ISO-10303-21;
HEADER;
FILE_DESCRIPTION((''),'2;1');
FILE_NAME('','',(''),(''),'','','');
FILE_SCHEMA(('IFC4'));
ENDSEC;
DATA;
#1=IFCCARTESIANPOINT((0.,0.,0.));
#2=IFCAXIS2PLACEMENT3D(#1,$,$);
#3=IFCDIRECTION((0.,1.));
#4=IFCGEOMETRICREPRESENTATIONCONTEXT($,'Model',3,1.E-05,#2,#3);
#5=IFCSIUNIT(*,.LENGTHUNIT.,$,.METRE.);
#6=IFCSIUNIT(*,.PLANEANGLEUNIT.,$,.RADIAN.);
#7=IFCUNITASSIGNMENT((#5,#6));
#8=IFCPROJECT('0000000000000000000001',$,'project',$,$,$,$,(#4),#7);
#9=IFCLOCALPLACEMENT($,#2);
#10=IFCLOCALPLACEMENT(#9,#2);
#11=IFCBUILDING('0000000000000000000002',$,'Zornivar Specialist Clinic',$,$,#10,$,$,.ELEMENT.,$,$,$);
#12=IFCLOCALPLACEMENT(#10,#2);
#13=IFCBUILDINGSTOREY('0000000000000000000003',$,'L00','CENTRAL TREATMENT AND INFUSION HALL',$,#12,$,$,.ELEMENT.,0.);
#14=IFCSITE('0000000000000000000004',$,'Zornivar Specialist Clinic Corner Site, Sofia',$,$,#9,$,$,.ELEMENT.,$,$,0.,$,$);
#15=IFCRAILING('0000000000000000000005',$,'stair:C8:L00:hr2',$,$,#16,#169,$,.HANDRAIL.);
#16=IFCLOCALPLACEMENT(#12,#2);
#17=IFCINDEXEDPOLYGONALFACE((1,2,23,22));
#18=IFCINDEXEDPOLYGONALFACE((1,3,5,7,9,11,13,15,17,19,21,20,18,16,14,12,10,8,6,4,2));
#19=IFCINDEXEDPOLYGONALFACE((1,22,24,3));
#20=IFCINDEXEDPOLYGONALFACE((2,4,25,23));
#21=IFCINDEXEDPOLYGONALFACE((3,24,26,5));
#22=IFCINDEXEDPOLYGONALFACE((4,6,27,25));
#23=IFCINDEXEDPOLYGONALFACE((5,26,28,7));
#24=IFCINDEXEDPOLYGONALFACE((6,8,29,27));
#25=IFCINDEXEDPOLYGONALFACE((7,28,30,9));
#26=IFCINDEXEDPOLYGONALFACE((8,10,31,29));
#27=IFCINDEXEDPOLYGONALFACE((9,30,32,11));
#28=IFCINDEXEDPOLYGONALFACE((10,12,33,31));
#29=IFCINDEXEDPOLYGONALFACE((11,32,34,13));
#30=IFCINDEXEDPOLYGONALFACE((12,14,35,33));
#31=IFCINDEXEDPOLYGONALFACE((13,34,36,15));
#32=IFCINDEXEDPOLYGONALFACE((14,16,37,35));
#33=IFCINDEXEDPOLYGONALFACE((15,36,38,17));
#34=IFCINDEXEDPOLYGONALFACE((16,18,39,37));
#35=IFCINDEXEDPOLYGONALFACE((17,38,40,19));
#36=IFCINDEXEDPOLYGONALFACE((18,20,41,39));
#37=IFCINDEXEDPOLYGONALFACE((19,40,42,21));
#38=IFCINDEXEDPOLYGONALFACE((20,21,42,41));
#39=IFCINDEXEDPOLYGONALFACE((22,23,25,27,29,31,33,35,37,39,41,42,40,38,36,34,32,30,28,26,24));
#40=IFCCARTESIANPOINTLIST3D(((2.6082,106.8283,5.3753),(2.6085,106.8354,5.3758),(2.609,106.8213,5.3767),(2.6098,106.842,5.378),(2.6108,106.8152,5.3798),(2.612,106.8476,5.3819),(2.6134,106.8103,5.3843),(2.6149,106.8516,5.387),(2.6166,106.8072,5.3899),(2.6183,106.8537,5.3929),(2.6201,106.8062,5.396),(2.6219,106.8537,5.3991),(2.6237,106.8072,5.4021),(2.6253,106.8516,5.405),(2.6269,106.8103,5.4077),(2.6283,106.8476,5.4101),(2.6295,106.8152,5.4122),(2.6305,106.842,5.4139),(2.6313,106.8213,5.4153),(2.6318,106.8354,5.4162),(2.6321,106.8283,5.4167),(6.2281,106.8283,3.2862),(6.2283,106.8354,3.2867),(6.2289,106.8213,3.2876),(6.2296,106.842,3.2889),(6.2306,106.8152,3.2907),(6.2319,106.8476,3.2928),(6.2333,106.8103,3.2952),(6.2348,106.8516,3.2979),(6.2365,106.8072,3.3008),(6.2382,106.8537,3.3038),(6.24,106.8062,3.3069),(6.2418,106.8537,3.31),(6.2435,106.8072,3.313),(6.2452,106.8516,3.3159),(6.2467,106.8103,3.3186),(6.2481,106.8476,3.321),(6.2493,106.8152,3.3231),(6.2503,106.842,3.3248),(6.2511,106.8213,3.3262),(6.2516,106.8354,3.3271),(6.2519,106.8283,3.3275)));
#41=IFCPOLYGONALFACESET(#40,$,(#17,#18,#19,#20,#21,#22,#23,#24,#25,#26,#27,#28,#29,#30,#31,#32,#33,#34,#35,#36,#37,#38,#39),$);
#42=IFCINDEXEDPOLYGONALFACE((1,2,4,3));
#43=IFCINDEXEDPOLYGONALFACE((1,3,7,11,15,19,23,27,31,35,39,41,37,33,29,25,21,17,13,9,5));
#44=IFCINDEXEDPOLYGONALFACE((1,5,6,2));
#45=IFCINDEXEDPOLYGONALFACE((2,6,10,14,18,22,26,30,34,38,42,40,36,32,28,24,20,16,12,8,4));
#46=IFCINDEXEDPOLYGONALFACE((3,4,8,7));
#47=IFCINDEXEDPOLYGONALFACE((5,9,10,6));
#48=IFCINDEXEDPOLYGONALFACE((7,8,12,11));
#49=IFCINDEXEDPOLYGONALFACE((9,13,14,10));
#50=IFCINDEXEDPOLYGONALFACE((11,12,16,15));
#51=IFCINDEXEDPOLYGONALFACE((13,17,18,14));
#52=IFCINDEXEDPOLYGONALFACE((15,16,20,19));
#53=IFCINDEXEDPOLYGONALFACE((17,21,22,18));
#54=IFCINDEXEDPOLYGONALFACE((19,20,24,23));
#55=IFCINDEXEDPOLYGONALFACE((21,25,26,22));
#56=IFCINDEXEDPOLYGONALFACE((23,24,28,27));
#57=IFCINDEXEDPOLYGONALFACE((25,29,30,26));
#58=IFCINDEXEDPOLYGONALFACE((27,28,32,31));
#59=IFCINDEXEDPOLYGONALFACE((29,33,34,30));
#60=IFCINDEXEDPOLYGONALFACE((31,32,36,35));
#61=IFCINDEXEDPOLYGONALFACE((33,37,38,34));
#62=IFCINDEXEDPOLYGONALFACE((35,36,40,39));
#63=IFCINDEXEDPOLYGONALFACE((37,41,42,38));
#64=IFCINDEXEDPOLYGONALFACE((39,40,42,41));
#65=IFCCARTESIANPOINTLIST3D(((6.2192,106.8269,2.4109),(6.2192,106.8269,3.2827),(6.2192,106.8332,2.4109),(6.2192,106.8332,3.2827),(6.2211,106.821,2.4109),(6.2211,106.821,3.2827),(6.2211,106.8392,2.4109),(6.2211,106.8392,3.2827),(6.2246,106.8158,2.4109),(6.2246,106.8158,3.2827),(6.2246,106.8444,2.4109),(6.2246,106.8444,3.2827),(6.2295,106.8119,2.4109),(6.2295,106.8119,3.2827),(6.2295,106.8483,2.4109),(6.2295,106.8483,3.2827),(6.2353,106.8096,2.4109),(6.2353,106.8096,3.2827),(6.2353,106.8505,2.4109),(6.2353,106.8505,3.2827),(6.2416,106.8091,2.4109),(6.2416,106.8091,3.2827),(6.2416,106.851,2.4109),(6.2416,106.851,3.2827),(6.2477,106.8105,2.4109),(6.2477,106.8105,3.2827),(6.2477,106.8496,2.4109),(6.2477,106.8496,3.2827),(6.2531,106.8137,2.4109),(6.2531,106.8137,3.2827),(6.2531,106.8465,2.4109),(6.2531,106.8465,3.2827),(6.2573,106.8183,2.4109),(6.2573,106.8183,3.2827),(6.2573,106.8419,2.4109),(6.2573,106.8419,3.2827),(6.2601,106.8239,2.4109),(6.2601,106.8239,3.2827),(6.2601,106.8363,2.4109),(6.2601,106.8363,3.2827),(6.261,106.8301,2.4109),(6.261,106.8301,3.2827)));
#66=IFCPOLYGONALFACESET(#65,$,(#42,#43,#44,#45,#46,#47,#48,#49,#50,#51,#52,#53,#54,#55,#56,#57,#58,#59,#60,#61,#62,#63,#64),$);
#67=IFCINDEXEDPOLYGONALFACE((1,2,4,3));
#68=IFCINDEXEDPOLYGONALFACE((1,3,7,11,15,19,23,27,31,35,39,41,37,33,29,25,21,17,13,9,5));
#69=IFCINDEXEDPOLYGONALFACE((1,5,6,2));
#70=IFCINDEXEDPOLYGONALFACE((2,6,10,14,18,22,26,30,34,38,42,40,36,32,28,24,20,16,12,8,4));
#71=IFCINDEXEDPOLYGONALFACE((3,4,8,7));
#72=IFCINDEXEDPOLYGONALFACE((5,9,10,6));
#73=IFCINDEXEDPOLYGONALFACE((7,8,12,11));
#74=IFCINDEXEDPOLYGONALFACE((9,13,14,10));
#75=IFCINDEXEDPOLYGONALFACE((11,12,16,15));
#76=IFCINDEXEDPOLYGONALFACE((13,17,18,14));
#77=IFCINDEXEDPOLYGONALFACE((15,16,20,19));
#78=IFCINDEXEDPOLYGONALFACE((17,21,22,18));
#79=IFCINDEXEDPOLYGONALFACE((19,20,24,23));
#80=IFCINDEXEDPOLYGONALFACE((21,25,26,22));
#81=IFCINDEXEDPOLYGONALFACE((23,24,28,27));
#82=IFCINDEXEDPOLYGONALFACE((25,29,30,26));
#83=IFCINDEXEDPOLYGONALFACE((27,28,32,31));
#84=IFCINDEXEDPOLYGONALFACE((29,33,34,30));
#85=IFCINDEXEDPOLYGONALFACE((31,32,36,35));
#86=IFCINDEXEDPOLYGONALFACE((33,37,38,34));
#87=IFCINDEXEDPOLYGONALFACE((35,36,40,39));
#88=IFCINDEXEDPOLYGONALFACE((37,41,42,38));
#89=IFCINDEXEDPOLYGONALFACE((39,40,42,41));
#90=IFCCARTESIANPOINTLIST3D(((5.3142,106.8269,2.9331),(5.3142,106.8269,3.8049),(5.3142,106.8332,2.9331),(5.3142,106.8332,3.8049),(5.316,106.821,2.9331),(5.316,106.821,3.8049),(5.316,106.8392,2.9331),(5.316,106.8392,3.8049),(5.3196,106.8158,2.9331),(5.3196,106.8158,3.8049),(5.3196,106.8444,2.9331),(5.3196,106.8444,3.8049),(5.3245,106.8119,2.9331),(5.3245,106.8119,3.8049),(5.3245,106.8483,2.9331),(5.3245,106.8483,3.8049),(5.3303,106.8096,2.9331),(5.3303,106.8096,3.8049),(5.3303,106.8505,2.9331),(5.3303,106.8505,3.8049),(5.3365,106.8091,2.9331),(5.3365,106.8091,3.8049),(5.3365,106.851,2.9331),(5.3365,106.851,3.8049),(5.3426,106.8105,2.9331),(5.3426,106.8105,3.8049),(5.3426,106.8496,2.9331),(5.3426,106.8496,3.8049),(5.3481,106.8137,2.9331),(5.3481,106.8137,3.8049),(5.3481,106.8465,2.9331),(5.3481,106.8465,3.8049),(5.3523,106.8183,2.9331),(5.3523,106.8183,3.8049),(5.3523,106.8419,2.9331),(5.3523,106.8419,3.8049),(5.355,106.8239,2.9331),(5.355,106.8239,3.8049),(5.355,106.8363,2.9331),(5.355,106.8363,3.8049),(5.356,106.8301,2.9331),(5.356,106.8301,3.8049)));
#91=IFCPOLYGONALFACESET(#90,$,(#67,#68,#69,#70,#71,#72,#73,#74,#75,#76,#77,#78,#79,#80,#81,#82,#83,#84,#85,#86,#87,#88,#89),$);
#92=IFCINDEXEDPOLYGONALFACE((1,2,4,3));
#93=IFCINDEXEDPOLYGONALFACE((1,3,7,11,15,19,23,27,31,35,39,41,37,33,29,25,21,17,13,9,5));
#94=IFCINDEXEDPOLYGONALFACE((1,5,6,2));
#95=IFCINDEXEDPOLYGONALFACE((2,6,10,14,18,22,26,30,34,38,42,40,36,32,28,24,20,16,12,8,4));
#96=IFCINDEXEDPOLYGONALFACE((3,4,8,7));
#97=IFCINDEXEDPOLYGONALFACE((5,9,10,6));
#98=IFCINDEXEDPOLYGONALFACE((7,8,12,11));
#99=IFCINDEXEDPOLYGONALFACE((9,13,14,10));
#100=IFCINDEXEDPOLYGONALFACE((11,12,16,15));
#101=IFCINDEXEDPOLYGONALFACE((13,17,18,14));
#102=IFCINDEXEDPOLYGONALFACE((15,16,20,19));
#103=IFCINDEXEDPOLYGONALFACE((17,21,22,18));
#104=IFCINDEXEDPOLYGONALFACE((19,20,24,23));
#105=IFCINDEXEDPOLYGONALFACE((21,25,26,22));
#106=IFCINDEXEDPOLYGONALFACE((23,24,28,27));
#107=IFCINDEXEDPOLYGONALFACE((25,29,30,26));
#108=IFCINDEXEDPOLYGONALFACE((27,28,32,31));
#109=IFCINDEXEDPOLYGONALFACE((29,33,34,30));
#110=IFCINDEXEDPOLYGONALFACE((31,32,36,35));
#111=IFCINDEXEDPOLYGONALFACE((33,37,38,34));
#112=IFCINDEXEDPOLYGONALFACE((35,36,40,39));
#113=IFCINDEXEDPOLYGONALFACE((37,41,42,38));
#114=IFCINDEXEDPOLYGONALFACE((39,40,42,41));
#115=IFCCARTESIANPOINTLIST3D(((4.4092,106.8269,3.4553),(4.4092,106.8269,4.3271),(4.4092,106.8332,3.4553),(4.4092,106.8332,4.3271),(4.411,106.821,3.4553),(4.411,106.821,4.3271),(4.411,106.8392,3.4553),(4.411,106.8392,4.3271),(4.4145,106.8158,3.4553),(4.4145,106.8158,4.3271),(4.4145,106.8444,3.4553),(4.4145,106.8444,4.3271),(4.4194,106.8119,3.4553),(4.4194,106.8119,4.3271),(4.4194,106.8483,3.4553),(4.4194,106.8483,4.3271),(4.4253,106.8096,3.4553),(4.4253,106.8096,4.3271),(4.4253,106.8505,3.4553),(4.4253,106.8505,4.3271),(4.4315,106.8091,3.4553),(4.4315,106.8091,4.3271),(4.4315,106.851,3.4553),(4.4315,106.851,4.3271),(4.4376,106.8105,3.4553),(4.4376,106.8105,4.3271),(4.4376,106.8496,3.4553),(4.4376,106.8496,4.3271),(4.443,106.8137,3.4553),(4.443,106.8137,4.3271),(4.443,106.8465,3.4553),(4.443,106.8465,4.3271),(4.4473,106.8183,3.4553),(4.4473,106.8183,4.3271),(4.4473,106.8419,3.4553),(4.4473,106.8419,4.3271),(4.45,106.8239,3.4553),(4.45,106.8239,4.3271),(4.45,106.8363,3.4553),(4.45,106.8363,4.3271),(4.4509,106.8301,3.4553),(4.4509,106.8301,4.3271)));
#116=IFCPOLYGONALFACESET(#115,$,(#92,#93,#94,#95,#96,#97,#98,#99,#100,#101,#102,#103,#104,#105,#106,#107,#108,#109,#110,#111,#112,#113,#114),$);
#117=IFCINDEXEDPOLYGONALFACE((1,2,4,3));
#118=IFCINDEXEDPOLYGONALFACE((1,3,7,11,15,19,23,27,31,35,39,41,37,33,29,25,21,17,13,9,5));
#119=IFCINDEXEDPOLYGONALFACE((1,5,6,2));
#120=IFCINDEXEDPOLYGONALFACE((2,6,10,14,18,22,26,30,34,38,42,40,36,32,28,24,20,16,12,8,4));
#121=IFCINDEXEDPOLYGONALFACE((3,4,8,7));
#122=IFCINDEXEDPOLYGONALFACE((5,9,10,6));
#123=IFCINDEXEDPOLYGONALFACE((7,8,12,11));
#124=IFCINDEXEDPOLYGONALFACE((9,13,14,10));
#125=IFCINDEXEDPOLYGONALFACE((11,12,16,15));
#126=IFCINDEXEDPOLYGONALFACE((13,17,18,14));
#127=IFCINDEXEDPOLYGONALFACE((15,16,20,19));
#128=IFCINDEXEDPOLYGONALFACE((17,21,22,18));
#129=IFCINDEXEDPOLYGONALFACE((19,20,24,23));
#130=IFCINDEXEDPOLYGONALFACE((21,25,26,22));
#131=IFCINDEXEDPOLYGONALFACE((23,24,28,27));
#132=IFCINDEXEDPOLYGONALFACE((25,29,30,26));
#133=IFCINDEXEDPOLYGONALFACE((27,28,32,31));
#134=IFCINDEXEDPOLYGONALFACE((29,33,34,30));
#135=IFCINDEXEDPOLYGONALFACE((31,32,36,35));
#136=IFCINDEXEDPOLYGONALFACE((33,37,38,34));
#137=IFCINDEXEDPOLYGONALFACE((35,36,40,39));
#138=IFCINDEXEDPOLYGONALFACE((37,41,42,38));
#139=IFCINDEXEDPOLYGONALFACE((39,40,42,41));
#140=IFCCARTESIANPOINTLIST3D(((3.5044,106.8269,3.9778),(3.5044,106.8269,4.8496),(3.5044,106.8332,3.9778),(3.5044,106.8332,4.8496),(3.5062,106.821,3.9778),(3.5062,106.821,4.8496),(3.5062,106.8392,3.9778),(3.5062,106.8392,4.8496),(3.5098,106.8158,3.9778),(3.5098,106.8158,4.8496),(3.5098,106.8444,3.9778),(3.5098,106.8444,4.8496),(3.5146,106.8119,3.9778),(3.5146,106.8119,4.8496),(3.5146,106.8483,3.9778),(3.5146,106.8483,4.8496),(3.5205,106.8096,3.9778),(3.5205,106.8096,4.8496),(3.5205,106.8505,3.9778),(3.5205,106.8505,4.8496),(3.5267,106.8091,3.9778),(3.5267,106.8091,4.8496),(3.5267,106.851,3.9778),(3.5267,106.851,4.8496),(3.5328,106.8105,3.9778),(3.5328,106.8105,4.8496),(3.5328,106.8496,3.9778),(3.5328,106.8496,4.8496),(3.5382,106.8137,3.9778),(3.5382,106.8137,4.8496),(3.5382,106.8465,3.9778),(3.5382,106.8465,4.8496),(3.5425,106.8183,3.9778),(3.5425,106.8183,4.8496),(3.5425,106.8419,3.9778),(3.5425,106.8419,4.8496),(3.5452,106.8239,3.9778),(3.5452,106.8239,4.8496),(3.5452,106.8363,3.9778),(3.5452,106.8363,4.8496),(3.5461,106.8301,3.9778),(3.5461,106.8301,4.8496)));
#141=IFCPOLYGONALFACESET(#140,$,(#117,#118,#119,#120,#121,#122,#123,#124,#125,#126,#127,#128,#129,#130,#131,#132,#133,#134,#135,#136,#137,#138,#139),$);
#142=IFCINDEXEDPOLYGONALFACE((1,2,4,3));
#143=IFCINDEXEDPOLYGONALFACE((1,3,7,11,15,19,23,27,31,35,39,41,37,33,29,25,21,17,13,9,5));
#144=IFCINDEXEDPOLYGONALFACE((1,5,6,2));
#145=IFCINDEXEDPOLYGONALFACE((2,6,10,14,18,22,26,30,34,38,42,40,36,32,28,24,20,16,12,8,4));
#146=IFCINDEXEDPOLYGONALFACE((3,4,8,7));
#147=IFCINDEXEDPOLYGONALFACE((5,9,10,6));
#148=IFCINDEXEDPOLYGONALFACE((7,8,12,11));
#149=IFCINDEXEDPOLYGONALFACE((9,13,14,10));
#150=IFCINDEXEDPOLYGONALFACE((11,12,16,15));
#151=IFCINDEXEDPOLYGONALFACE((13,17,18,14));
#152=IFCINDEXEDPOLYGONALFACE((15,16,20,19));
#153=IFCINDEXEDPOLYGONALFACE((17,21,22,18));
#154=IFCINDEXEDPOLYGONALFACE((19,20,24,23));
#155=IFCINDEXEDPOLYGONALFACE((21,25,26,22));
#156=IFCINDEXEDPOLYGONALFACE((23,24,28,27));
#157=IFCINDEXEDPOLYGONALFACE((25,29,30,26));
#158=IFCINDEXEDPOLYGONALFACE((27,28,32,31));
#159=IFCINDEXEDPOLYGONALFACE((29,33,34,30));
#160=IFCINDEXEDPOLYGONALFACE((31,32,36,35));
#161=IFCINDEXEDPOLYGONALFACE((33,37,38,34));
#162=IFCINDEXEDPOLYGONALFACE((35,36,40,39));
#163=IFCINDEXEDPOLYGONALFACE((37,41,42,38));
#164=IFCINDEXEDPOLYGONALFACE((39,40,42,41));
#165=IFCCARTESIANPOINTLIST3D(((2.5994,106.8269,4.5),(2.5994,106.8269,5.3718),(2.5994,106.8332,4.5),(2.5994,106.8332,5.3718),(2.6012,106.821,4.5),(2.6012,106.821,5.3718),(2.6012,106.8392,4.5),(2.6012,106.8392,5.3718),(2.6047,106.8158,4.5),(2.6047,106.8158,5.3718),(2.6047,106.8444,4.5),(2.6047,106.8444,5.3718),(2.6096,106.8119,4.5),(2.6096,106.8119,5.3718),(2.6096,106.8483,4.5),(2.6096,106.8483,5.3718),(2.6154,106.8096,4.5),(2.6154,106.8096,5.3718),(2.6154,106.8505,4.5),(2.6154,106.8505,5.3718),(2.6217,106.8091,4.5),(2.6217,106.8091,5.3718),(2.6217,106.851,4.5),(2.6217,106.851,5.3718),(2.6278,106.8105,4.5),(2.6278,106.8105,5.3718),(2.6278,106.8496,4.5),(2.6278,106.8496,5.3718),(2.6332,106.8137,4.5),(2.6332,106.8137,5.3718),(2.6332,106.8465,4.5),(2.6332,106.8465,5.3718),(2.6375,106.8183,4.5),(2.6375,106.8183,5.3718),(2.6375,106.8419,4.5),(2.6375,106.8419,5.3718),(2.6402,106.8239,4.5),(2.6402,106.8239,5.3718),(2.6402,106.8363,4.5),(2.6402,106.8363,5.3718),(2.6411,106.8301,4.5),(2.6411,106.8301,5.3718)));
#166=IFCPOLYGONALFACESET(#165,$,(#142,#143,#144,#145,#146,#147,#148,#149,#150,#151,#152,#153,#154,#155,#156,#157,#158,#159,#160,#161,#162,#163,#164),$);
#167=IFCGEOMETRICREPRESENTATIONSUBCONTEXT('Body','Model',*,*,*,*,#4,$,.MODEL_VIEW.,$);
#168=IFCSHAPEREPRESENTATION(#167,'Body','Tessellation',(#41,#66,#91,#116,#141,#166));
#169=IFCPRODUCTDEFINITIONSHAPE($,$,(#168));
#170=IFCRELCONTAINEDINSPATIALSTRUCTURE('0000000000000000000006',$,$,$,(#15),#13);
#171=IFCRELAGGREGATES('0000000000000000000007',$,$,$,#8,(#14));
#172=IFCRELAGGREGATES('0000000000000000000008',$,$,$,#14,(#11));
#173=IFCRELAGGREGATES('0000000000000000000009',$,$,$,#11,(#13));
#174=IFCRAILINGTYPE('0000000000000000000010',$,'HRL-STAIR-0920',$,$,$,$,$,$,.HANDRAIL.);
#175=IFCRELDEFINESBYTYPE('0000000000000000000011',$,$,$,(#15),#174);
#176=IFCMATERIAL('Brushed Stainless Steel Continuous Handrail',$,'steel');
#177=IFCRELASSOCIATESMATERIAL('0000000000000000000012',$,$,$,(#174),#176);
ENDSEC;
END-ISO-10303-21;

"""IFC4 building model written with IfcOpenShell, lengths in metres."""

from ifc_helpers import new_model, si_unit, direction, frame, origin, origin_2d, place, context, subcontext, project, spatial, circle, extrude, material, type_object, element, save


model = new_model("IFC4")

# Units and contexts
model_context = context("Model", 3, precision=1e-05, world=origin(), true_north=direction((0.0, 1.0)))
body_context = subcontext(model_context, "Body", "Model", "MODEL_VIEW")
ifc_project = project(units=[si_unit("LENGTHUNIT", "METRE"), si_unit("PLANEANGLEUNIT", "RADIAN")], contexts=[model_context])

# Site, building, storey
site_placement = place(None, origin())
site = spatial("IfcSite", under=ifc_project, at=site_placement, Name="Zornivar Specialist Clinic Corner Site, Sofia", CompositionType="ELEMENT", RefElevation=0.0)
building_placement = place(site_placement, origin())
building = spatial("IfcBuilding", under=site, at=building_placement, Name="Zornivar Specialist Clinic", CompositionType="ELEMENT")
storey_placement = place(building_placement, origin())
storey = spatial("IfcBuildingStorey", under=building, at=storey_placement, Name="L00", Description="CENTRAL TREATMENT AND INFUSION HALL", CompositionType="ELEMENT", Elevation=0.0)

# Railing
ifc_material_1 = material(Name="Brushed Stainless Steel Continuous Handrail", Category="steel")
railing_type_1 = type_object("IfcRailingType", Name="HRL-STAIR-0920", PredefinedType="HANDRAIL", material=ifc_material_1)
railing_1_placement = place(storey_placement, frame((6.24, 106.8301, 2.4109)))
element("IfcRailing", 1, at=railing_1_placement, inside=storey, type_object=railing_type_1, Name="stair:C8:L00:hr2", PredefinedType="HANDRAIL", context=body_context, shape_type="SweptSolid", body=[
    extrude(circle(Radius=0.0239, at=origin_2d()), frame((0.0, 0.0, 0.896), z_axis=(-0.866111, 0.0, 0.499852), x_axis=(0.0, -1.0, 0.0)), (0.0, 0.0, 1.0), 4.1794),
    extrude(circle(Radius=0.021, at=origin_2d()), origin(), (0.0, 0.0, 1.0), 0.8718),
    extrude(circle(Radius=0.021, at=origin_2d()), frame((-0.905, 0.0, 0.5222)), (0.0, 0.0, 1.0), 0.8718),
    extrude(circle(Radius=0.021, at=origin_2d()), frame((-1.8101, 0.0, 1.0444)), (0.0, 0.0, 1.0), 0.8718),
    extrude(circle(Radius=0.021, at=origin_2d()), frame((-2.7148, 0.0, 1.5669)), (0.0, 0.0, 1.0), 0.8718),
    extrude(circle(Radius=0.021, at=origin_2d()), frame((-3.6199, 0.0, 2.0891)), (0.0, 0.0, 1.0), 0.8718),
])

save(model, "model.ifc")
